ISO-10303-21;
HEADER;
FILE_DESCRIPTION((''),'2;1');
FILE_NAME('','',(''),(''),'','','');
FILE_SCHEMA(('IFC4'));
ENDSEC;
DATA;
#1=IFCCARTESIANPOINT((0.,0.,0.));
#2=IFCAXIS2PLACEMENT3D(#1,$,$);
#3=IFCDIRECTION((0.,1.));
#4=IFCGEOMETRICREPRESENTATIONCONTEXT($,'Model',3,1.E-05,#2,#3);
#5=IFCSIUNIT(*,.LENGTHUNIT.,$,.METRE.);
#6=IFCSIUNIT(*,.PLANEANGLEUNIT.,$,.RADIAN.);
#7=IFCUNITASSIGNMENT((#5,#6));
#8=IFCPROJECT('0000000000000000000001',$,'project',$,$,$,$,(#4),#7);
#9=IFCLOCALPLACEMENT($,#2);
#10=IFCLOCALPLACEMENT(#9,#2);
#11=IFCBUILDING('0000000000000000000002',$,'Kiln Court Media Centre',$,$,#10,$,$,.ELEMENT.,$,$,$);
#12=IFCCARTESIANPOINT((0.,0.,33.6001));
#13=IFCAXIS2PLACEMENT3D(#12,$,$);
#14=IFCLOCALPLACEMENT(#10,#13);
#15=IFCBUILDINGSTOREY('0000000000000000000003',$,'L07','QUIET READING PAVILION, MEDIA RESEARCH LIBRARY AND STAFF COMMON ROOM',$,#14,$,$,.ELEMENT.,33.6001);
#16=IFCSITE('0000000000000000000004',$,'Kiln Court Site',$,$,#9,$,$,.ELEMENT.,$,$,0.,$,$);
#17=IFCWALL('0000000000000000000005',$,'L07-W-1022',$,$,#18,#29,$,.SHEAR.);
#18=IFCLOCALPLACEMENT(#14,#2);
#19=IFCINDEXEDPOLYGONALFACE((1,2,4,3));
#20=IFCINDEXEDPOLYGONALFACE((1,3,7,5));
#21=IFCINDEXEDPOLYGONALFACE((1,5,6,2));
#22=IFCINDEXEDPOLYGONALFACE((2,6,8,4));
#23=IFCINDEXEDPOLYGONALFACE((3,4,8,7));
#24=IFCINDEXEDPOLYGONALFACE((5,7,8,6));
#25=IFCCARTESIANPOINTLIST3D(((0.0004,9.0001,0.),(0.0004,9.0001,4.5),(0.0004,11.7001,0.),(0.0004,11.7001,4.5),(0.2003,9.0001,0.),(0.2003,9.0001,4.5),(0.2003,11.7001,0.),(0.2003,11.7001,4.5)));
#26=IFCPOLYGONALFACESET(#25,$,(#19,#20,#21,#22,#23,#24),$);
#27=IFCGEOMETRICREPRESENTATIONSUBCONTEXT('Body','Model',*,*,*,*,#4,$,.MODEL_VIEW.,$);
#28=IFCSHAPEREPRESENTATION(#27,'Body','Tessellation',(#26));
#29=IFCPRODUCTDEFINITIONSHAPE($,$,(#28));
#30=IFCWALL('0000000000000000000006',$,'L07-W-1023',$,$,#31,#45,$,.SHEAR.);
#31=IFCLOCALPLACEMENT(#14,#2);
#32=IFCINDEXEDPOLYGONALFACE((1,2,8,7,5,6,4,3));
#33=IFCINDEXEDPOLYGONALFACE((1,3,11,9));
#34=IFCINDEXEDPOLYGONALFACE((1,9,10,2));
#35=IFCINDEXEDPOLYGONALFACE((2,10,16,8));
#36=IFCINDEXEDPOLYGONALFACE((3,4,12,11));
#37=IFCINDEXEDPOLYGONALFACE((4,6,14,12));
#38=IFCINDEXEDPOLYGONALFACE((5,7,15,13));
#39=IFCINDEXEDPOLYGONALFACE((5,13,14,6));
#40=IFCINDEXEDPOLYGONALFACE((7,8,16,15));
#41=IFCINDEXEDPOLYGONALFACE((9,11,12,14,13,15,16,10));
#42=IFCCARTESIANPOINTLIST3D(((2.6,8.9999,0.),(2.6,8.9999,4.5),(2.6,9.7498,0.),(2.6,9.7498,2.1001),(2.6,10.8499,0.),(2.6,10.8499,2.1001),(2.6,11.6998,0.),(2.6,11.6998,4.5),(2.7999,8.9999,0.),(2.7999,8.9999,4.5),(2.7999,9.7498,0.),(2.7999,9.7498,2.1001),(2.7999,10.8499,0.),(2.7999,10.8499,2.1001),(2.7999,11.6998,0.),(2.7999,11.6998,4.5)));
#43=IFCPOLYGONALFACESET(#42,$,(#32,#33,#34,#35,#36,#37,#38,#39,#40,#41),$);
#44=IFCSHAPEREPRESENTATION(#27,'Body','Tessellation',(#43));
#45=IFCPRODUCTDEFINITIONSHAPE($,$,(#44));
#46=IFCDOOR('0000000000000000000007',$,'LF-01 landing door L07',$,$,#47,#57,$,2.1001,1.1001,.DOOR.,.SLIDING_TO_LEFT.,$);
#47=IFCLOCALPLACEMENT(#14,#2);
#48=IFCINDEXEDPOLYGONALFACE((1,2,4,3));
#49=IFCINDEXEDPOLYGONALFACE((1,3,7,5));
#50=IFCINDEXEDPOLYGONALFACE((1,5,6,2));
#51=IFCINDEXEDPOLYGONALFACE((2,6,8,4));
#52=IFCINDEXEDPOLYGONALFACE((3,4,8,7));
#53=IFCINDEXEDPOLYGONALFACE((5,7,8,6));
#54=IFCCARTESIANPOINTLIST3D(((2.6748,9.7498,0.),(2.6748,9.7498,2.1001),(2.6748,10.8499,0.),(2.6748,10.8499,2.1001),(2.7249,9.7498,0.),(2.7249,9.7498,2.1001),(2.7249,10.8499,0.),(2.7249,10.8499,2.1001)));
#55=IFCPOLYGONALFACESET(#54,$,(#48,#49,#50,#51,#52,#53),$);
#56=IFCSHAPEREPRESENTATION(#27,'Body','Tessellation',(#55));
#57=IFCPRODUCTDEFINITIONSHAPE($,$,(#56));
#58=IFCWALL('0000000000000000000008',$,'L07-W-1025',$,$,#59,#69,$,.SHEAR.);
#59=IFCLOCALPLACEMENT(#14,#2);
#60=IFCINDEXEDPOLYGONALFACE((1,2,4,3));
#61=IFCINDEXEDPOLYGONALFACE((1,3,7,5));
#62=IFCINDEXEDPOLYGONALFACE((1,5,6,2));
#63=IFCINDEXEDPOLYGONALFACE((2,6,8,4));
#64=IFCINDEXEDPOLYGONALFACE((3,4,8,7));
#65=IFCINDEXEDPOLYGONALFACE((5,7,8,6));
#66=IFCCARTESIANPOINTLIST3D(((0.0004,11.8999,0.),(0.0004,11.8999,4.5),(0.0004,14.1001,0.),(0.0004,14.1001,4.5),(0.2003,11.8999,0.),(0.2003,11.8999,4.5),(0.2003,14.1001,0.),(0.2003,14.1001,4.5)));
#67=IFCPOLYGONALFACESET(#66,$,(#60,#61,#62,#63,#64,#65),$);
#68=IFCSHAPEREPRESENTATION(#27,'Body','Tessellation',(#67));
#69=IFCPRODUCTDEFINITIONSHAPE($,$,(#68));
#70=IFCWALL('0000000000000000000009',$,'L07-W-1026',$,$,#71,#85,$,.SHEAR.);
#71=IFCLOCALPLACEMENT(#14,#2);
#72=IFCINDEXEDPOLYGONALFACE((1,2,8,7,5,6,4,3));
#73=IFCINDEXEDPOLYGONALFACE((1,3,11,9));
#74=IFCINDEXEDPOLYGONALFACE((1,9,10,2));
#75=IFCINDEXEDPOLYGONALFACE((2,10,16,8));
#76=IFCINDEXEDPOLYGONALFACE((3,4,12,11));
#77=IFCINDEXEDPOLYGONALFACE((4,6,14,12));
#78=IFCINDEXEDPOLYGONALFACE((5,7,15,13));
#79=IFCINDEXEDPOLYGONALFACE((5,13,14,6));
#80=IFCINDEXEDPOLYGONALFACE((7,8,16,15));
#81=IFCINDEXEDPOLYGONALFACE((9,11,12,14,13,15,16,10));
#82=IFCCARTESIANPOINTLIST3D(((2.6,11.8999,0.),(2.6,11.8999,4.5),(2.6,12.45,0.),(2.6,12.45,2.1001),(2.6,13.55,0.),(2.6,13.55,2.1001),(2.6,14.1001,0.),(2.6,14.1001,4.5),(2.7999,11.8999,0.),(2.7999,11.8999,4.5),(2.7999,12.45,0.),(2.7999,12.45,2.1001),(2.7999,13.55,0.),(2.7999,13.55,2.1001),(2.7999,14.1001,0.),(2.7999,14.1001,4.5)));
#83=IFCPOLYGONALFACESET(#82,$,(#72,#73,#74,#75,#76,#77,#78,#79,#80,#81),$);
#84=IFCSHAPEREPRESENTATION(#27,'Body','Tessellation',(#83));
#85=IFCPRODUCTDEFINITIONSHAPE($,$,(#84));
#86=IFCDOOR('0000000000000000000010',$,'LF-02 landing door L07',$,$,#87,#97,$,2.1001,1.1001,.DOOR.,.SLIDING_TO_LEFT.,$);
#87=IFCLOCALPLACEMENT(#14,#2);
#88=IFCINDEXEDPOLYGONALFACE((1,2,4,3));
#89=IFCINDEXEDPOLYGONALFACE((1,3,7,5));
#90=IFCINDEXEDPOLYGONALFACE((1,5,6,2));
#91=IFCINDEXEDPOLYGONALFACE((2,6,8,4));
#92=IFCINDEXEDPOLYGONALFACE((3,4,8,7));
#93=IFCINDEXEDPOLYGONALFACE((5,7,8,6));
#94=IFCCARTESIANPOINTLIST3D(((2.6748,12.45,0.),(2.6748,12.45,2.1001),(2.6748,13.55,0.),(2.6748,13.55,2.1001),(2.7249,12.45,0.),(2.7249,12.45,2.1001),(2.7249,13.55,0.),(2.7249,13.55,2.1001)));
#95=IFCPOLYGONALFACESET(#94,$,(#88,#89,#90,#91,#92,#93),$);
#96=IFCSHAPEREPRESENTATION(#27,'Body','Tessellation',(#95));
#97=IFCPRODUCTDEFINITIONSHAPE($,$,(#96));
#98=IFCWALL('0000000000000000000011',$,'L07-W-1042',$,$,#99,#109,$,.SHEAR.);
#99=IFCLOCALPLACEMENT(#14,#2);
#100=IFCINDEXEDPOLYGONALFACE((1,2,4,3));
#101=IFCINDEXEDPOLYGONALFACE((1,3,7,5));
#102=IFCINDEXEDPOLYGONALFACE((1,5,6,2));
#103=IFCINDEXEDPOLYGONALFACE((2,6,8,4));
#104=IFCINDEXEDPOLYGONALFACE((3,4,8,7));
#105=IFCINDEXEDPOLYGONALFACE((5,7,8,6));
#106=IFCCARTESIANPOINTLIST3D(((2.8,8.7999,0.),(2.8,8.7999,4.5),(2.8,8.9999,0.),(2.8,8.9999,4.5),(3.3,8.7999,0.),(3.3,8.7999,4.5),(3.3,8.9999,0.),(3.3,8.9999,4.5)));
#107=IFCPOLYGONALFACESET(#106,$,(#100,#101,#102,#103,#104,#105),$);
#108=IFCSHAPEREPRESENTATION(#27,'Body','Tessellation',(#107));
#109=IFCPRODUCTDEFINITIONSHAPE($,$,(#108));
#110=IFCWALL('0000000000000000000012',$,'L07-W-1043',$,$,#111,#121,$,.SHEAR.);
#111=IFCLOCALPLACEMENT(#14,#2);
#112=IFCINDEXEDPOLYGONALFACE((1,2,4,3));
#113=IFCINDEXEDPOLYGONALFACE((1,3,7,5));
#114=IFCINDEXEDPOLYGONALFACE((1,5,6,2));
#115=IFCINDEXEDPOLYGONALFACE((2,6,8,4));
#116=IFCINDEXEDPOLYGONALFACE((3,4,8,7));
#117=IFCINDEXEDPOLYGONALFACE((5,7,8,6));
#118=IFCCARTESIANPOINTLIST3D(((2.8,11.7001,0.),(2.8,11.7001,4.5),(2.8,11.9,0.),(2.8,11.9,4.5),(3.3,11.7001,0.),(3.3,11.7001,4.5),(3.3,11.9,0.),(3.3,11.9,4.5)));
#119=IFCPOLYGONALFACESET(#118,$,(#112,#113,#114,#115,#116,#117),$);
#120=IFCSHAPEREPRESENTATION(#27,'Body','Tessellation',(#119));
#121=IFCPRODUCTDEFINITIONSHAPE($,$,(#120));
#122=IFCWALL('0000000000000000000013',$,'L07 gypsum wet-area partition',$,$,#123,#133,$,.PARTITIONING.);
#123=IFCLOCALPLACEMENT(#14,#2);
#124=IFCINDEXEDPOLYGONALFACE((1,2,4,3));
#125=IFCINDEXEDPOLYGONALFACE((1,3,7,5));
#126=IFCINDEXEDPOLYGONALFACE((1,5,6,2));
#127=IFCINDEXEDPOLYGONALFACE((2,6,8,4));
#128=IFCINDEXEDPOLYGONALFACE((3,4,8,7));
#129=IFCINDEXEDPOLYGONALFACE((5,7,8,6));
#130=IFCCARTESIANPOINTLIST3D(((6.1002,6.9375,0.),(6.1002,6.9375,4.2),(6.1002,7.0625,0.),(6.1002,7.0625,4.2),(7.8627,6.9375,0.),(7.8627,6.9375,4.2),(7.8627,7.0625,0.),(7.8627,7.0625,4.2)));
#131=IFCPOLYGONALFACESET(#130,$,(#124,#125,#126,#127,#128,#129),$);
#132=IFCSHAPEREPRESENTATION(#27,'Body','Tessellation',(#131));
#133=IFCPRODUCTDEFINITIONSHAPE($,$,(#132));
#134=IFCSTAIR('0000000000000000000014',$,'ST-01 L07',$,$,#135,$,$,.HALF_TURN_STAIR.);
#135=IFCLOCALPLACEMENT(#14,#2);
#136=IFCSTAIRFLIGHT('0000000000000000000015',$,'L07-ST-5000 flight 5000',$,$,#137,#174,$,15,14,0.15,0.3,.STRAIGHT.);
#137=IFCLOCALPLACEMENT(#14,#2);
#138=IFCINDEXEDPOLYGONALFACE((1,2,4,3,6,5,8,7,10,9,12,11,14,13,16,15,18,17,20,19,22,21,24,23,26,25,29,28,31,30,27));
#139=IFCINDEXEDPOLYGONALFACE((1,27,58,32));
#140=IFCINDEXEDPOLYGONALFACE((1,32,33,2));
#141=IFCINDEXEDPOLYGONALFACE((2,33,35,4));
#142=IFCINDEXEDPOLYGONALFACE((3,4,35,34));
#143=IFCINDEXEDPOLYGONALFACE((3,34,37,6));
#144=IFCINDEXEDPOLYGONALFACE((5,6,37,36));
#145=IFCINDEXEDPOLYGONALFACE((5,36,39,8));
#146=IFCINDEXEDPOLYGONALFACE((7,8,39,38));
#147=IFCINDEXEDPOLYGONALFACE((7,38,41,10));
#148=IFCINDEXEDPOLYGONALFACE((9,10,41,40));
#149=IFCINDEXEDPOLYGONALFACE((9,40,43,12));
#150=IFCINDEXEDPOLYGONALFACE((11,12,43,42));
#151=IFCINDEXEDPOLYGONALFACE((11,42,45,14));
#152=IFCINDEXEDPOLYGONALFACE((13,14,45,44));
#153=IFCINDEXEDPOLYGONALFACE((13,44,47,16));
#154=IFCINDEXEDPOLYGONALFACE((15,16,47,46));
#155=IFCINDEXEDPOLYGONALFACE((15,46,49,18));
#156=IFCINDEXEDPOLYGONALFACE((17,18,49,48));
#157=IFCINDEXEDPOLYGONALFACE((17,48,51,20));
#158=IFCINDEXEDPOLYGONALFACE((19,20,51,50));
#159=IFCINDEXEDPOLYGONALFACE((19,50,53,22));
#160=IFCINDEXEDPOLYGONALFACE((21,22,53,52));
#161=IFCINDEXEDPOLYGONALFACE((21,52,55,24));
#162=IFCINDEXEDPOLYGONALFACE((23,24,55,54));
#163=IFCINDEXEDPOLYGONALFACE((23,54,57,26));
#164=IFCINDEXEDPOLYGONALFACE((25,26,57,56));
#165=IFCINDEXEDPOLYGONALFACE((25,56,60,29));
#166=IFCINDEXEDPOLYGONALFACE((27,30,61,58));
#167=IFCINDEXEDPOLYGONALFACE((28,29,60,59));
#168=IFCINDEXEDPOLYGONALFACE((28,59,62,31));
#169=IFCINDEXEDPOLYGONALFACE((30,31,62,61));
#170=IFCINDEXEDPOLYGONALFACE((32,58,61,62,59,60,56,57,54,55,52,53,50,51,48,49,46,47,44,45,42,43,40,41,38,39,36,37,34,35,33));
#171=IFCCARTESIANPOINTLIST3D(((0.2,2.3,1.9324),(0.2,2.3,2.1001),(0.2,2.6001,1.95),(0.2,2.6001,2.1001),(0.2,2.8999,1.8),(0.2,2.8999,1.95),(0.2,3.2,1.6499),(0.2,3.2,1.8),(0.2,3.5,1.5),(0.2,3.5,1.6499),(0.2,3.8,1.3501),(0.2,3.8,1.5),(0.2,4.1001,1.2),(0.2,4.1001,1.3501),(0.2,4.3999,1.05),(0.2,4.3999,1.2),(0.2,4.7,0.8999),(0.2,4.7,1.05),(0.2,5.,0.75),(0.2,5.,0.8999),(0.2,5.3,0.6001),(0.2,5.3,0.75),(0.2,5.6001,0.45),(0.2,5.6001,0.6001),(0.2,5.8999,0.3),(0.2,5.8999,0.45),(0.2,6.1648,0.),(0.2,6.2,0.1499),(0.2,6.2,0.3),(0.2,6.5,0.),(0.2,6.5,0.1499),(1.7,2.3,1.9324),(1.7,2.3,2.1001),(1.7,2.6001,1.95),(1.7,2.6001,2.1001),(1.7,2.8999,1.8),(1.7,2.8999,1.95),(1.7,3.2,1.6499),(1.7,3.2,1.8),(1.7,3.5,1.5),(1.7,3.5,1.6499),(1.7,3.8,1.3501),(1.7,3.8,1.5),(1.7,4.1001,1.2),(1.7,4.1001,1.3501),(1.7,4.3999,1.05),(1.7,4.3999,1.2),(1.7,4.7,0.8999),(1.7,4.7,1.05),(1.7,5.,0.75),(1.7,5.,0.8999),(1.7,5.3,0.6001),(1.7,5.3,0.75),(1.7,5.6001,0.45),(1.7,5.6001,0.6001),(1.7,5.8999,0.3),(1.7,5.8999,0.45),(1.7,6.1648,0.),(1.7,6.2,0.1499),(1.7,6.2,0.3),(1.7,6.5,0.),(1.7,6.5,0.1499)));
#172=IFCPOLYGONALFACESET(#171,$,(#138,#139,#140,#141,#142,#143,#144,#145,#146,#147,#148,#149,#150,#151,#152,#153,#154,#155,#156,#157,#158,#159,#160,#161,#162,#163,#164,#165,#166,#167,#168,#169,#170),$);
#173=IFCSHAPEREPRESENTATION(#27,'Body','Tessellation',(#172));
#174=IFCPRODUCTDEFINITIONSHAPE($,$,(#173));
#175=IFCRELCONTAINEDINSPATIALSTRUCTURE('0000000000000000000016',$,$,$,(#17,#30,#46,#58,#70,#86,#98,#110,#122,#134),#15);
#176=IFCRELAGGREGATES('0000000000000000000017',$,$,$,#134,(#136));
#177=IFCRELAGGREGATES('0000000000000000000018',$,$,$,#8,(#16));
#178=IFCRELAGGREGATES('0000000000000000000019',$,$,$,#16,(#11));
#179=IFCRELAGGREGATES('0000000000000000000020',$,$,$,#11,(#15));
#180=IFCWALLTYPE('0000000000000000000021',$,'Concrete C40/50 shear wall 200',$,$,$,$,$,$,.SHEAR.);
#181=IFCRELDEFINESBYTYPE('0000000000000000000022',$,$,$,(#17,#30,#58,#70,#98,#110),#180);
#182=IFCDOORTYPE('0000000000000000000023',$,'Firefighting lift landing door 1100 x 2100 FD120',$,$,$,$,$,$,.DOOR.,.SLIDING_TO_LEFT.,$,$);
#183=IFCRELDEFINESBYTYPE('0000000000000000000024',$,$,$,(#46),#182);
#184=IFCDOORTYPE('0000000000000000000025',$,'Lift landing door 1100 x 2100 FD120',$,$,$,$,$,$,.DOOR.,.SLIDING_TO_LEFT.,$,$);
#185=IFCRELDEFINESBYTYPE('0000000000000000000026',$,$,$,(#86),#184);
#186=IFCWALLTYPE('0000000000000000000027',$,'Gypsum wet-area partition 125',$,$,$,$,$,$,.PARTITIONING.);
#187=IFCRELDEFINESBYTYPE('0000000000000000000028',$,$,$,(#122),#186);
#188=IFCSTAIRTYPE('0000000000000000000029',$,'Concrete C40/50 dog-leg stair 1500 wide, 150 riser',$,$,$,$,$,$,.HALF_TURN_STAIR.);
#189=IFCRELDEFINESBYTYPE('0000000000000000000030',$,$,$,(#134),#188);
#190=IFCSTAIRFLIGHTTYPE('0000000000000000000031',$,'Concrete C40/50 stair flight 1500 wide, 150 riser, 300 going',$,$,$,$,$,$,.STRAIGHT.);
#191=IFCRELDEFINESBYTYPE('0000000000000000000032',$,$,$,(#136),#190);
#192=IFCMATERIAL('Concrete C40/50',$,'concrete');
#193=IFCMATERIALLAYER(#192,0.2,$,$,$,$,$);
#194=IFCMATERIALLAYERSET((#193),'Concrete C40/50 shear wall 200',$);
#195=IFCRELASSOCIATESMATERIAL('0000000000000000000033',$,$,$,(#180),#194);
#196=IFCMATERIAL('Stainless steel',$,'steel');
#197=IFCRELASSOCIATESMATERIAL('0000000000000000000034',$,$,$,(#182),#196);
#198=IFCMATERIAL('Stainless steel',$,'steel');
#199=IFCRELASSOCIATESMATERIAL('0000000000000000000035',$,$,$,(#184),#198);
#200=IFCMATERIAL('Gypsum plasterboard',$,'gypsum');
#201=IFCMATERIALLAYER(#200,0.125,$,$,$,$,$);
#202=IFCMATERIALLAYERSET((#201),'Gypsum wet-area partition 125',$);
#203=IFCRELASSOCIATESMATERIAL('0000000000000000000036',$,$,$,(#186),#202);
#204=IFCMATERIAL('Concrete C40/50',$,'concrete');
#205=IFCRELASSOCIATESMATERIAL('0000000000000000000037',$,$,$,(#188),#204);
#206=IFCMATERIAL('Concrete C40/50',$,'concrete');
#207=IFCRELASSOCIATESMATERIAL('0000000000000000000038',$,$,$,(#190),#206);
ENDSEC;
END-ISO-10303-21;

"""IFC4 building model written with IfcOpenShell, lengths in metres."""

from ifc_helpers import new_model, si_unit, direction, frame, frame_2d, origin, place, context, subcontext, project, spatial, polyline, rectangle, outline, extrude, material, layer, layer_set, type_object, element, fill, aggregate, save


model = new_model("IFC4")

# Units and contexts
model_context = context("Model", 3, precision=1e-05, world=origin(), true_north=direction((0.0, 1.0)))
body_context = subcontext(model_context, "Body", "Model", "MODEL_VIEW")
ifc_project = project(units=[si_unit("LENGTHUNIT", "METRE"), si_unit("PLANEANGLEUNIT", "RADIAN")], contexts=[model_context])

# Site, building, storey
site_placement = place(None, origin())
site = spatial("IfcSite", under=ifc_project, at=site_placement, Name="Kiln Court Site", CompositionType="ELEMENT", RefElevation=0.0)
building_placement = place(site_placement, origin())
building = spatial("IfcBuilding", under=site, at=building_placement, Name="Kiln Court Media Centre", CompositionType="ELEMENT")
storey_placement = place(building_placement, frame((0.0, 0.0, 33.6001)))
storey = spatial("IfcBuildingStorey", under=building, at=storey_placement, Name="L07", Description="QUIET READING PAVILION, MEDIA RESEARCH LIBRARY AND STAFF COMMON ROOM", CompositionType="ELEMENT", Elevation=33.6001)

# Shared definitions
ifc_material_1 = material(Name="Concrete C40/50", Category="concrete")
ifc_layer_1 = layer(ifc_material_1, 0.2)
ifc_layer_set_1 = layer_set([ifc_layer_1], Name="Concrete C40/50 shear wall 200")
wall_type_1 = type_object("IfcWallType", Name="Concrete C40/50 shear wall 200", PredefinedType="SHEAR", material=ifc_layer_set_1)

# Wall
wall_1_placement = place(storey_placement, frame((0.1003, 9.0, 0.0), z_axis=(0.0, 0.0, 1.0), x_axis=(0.0, 1.0, 0.0)))
element("IfcWall", 1, at=wall_1_placement, inside=storey, type_object=wall_type_1, Name="L07-W-1022", PredefinedType="SHEAR", context=body_context, shape_type="SweptSolid", body=[
    extrude(rectangle(XDim=2.7, YDim=0.2, at=frame_2d((1.3501, 0.0))), origin(), (0.0, 0.0, 1.0), 4.5),
])

# Wall, opening, door
wall_2_placement = place(storey_placement, frame((2.7, 11.7, 0.0), z_axis=(0.0, 0.0, 1.0), x_axis=(0.0, -1.0, 0.0)))
wall_2 = element("IfcWall", 2, at=wall_2_placement, inside=storey, type_object=wall_type_1, Name="L07-W-1023", PredefinedType="SHEAR", context=body_context, shape_type="SweptSolid", body=[
    extrude(rectangle(XDim=2.7, YDim=0.2, at=frame_2d((1.3501, 0.0))), origin(), (0.0, 0.0, 1.0), 4.5),
])
opening_1_placement = place(wall_2_placement, frame((0.8501, 0.0, 0.0)))
opening_1 = element("IfcOpeningElement", 3, at=opening_1_placement, cuts=wall_2, PredefinedType="OPENING", context=body_context, shape_type="SweptSolid", body=[
    extrude(rectangle(XDim=1.1001, YDim=2.1001, at=frame_2d((0.55, 1.05))), frame((0.0, 0.1099, 0.0), z_axis=(0.0, -1.0, 0.0), x_axis=(1.0, 0.0, 0.0)), (0.0, 0.0, 1.0), 0.22),
])
ifc_material_2 = material(Name="Stainless steel", Category="steel")
door_type_1 = type_object("IfcDoorType", Name="Firefighting lift landing door 1100 x 2100 FD120", OperationType="SLIDING_TO_LEFT", PredefinedType="DOOR", material=ifc_material_2)
door_1_placement = place(opening_1_placement, origin())
door_1 = element("IfcDoor", 4, at=door_1_placement, inside=storey, type_object=door_type_1, Name="LF-01 landing door L07", OperationType="SLIDING_TO_LEFT", OverallHeight=2.1001, OverallWidth=1.1001, PredefinedType="DOOR", context=body_context, shape_type="SweptSolid", body=[
    extrude(rectangle(XDim=1.1001, YDim=2.1001, at=frame_2d((0.55, 1.05))), frame((0.0, 0.0249, 0.0), z_axis=(0.0, -1.0, 0.0), x_axis=(1.0, 0.0, 0.0)), (0.0, 0.0, 1.0), 0.05),
])
fill(opening_1, door_1)

# Wall
wall_3_placement = place(storey_placement, frame((0.1003, 11.8999, 0.0), z_axis=(0.0, 0.0, 1.0), x_axis=(0.0, 1.0, 0.0)))
element("IfcWall", 5, at=wall_3_placement, inside=storey, type_object=wall_type_1, Name="L07-W-1025", PredefinedType="SHEAR", context=body_context, shape_type="SweptSolid", body=[
    extrude(rectangle(XDim=2.2002, YDim=0.2, at=frame_2d((1.1001, 0.0))), origin(), (0.0, 0.0, 1.0), 4.5),
])

# Wall, opening, door
wall_4_placement = place(storey_placement, frame((2.7, 14.1001, 0.0), z_axis=(0.0, 0.0, 1.0), x_axis=(0.0, -1.0, 0.0)))
wall_4 = element("IfcWall", 6, at=wall_4_placement, inside=storey, type_object=wall_type_1, Name="L07-W-1026", PredefinedType="SHEAR", context=body_context, shape_type="SweptSolid", body=[
    extrude(rectangle(XDim=2.2002, YDim=0.2, at=frame_2d((1.1001, 0.0))), origin(), (0.0, 0.0, 1.0), 4.5),
])
opening_2_placement = place(wall_4_placement, frame((0.55, 0.0, 0.0)))
opening_2 = element("IfcOpeningElement", 7, at=opening_2_placement, cuts=wall_4, PredefinedType="OPENING", context=body_context, shape_type="SweptSolid", body=[
    extrude(rectangle(XDim=1.1001, YDim=2.1001, at=frame_2d((0.55, 1.05))), frame((0.0, 0.1099, 0.0), z_axis=(0.0, -1.0, 0.0), x_axis=(1.0, 0.0, 0.0)), (0.0, 0.0, 1.0), 0.22),
])
ifc_material_3 = material(Name="Stainless steel", Category="steel")
door_type_2 = type_object("IfcDoorType", Name="Lift landing door 1100 x 2100 FD120", OperationType="SLIDING_TO_LEFT", PredefinedType="DOOR", material=ifc_material_3)
door_2_placement = place(opening_2_placement, origin())
door_2 = element("IfcDoor", 8, at=door_2_placement, inside=storey, type_object=door_type_2, Name="LF-02 landing door L07", OperationType="SLIDING_TO_LEFT", OverallHeight=2.1001, OverallWidth=1.1001, PredefinedType="DOOR", context=body_context, shape_type="SweptSolid", body=[
    extrude(rectangle(XDim=1.1001, YDim=2.1001, at=frame_2d((0.55, 1.05))), frame((0.0, 0.0249, 0.0), z_axis=(0.0, -1.0, 0.0), x_axis=(1.0, 0.0, 0.0)), (0.0, 0.0, 1.0), 0.05),
])
fill(opening_2, door_2)

# Walls
for number, where, z_axis, x_axis, name in (
    (9, (3.3, 8.8999, 0.0), (0.0, 0.0, 1.0), (-1.0, 0.0, 0.0), "L07-W-1042"),
    (10, (2.8, 11.8, 0.0), (0.0, 0.0, 1.0), (1.0, 0.0, 0.0), "L07-W-1043"),
):
    element("IfcWall", number, at=place(storey_placement, frame(where, z_axis=z_axis, x_axis=x_axis)), inside=storey, type_object=wall_type_1, Name=name, PredefinedType="SHEAR", context=body_context, shape_type="SweptSolid", body=[
        extrude(rectangle(XDim=0.5, YDim=0.2, at=frame_2d((0.25, 0.0))), origin(), (0.0, 0.0, 1.0), 4.5),
    ])
ifc_material_4 = material(Name="Gypsum plasterboard", Category="gypsum")
ifc_layer_2 = layer(ifc_material_4, 0.125)
ifc_layer_set_2 = layer_set([ifc_layer_2], Name="Gypsum wet-area partition 125")
wall_type_2 = type_object("IfcWallType", Name="Gypsum wet-area partition 125", PredefinedType="PARTITIONING", material=ifc_layer_set_2)
wall_5_placement = place(storey_placement, frame((6.1001, 7.0, 0.0), z_axis=(0.0, 0.0, 1.0), x_axis=(1.0, 0.0, 0.0)))
element("IfcWall", 11, at=wall_5_placement, inside=storey, type_object=wall_type_2, Name="L07 gypsum wet-area partition", PredefinedType="PARTITIONING", context=body_context, shape_type="SweptSolid", body=[
    extrude(rectangle(XDim=1.7625, YDim=0.125, at=frame_2d((0.8813, 0.0))), origin(), (0.0, 0.0, 1.0), 4.2),
])

# Stair, stair flight
ifc_material_5 = material(Name="Concrete C40/50", Category="concrete")
stair_type = type_object("IfcStairType", Name="Concrete C40/50 dog-leg stair 1500 wide, 150 riser", PredefinedType="HALF_TURN_STAIR", material=ifc_material_5)
stair_placement = place(storey_placement, origin())
stair = element("IfcStair", 12, at=stair_placement, inside=storey, type_object=stair_type, Name="ST-01 L07", PredefinedType="HALF_TURN_STAIR")
ifc_material_6 = material(Name="Concrete C40/50", Category="concrete")
stair_flight_type = type_object("IfcStairFlightType", Name="Concrete C40/50 stair flight 1500 wide, 150 riser, 300 going", PredefinedType="STRAIGHT", material=ifc_material_6)
stair_flight_placement = place(storey_placement, frame((0.95, 6.5, 0.0), z_axis=(0.0, 0.0, 1.0), x_axis=(0.0, -1.0, 0.0)))
stair_flight = element("IfcStairFlight", 13, at=stair_flight_placement, type_object=stair_flight_type, Name="L07-ST-5000 flight 5000", NumberOfRisers=15, NumberOfTreads=14, PredefinedType="STRAIGHT", RiserHeight=0.15, TreadLength=0.3, context=body_context, shape_type="SweptSolid", body=[
    extrude(outline(polyline([(0.0, 0.0), (0.0, 0.1499), (0.3, 0.1499), (0.3, 0.3), (0.6001, 0.3), (0.6001, 0.45), (0.8999, 0.45), (0.8999, 0.6001), (1.2, 0.6001), (1.2, 0.75), (1.5, 0.75), (1.5, 0.8999), (1.8, 0.8999), (1.8, 1.05), (2.1001, 1.05), (2.1001, 1.2), (2.3999, 1.2), (2.3999, 1.3501), (2.7, 1.3501), (2.7, 1.5), (3.0, 1.5), (3.0, 1.6499), (3.3, 1.6499), (3.3, 1.8), (3.6001, 1.8), (3.6001, 1.95), (3.8999, 1.95), (3.8999, 2.1001), (4.2, 2.1001), (4.2, 2.25), (4.2, 1.9324), (0.3352, 0.0), (0.0, 0.0)])), frame((0.0, 0.75, 0.0), z_axis=(0.0, -1.0, 0.0), x_axis=(1.0, 0.0, 0.0)), (0.0, 0.0, 1.0), 1.5),
])
aggregate(stair, [stair_flight])

save(model, "model.ifc")
